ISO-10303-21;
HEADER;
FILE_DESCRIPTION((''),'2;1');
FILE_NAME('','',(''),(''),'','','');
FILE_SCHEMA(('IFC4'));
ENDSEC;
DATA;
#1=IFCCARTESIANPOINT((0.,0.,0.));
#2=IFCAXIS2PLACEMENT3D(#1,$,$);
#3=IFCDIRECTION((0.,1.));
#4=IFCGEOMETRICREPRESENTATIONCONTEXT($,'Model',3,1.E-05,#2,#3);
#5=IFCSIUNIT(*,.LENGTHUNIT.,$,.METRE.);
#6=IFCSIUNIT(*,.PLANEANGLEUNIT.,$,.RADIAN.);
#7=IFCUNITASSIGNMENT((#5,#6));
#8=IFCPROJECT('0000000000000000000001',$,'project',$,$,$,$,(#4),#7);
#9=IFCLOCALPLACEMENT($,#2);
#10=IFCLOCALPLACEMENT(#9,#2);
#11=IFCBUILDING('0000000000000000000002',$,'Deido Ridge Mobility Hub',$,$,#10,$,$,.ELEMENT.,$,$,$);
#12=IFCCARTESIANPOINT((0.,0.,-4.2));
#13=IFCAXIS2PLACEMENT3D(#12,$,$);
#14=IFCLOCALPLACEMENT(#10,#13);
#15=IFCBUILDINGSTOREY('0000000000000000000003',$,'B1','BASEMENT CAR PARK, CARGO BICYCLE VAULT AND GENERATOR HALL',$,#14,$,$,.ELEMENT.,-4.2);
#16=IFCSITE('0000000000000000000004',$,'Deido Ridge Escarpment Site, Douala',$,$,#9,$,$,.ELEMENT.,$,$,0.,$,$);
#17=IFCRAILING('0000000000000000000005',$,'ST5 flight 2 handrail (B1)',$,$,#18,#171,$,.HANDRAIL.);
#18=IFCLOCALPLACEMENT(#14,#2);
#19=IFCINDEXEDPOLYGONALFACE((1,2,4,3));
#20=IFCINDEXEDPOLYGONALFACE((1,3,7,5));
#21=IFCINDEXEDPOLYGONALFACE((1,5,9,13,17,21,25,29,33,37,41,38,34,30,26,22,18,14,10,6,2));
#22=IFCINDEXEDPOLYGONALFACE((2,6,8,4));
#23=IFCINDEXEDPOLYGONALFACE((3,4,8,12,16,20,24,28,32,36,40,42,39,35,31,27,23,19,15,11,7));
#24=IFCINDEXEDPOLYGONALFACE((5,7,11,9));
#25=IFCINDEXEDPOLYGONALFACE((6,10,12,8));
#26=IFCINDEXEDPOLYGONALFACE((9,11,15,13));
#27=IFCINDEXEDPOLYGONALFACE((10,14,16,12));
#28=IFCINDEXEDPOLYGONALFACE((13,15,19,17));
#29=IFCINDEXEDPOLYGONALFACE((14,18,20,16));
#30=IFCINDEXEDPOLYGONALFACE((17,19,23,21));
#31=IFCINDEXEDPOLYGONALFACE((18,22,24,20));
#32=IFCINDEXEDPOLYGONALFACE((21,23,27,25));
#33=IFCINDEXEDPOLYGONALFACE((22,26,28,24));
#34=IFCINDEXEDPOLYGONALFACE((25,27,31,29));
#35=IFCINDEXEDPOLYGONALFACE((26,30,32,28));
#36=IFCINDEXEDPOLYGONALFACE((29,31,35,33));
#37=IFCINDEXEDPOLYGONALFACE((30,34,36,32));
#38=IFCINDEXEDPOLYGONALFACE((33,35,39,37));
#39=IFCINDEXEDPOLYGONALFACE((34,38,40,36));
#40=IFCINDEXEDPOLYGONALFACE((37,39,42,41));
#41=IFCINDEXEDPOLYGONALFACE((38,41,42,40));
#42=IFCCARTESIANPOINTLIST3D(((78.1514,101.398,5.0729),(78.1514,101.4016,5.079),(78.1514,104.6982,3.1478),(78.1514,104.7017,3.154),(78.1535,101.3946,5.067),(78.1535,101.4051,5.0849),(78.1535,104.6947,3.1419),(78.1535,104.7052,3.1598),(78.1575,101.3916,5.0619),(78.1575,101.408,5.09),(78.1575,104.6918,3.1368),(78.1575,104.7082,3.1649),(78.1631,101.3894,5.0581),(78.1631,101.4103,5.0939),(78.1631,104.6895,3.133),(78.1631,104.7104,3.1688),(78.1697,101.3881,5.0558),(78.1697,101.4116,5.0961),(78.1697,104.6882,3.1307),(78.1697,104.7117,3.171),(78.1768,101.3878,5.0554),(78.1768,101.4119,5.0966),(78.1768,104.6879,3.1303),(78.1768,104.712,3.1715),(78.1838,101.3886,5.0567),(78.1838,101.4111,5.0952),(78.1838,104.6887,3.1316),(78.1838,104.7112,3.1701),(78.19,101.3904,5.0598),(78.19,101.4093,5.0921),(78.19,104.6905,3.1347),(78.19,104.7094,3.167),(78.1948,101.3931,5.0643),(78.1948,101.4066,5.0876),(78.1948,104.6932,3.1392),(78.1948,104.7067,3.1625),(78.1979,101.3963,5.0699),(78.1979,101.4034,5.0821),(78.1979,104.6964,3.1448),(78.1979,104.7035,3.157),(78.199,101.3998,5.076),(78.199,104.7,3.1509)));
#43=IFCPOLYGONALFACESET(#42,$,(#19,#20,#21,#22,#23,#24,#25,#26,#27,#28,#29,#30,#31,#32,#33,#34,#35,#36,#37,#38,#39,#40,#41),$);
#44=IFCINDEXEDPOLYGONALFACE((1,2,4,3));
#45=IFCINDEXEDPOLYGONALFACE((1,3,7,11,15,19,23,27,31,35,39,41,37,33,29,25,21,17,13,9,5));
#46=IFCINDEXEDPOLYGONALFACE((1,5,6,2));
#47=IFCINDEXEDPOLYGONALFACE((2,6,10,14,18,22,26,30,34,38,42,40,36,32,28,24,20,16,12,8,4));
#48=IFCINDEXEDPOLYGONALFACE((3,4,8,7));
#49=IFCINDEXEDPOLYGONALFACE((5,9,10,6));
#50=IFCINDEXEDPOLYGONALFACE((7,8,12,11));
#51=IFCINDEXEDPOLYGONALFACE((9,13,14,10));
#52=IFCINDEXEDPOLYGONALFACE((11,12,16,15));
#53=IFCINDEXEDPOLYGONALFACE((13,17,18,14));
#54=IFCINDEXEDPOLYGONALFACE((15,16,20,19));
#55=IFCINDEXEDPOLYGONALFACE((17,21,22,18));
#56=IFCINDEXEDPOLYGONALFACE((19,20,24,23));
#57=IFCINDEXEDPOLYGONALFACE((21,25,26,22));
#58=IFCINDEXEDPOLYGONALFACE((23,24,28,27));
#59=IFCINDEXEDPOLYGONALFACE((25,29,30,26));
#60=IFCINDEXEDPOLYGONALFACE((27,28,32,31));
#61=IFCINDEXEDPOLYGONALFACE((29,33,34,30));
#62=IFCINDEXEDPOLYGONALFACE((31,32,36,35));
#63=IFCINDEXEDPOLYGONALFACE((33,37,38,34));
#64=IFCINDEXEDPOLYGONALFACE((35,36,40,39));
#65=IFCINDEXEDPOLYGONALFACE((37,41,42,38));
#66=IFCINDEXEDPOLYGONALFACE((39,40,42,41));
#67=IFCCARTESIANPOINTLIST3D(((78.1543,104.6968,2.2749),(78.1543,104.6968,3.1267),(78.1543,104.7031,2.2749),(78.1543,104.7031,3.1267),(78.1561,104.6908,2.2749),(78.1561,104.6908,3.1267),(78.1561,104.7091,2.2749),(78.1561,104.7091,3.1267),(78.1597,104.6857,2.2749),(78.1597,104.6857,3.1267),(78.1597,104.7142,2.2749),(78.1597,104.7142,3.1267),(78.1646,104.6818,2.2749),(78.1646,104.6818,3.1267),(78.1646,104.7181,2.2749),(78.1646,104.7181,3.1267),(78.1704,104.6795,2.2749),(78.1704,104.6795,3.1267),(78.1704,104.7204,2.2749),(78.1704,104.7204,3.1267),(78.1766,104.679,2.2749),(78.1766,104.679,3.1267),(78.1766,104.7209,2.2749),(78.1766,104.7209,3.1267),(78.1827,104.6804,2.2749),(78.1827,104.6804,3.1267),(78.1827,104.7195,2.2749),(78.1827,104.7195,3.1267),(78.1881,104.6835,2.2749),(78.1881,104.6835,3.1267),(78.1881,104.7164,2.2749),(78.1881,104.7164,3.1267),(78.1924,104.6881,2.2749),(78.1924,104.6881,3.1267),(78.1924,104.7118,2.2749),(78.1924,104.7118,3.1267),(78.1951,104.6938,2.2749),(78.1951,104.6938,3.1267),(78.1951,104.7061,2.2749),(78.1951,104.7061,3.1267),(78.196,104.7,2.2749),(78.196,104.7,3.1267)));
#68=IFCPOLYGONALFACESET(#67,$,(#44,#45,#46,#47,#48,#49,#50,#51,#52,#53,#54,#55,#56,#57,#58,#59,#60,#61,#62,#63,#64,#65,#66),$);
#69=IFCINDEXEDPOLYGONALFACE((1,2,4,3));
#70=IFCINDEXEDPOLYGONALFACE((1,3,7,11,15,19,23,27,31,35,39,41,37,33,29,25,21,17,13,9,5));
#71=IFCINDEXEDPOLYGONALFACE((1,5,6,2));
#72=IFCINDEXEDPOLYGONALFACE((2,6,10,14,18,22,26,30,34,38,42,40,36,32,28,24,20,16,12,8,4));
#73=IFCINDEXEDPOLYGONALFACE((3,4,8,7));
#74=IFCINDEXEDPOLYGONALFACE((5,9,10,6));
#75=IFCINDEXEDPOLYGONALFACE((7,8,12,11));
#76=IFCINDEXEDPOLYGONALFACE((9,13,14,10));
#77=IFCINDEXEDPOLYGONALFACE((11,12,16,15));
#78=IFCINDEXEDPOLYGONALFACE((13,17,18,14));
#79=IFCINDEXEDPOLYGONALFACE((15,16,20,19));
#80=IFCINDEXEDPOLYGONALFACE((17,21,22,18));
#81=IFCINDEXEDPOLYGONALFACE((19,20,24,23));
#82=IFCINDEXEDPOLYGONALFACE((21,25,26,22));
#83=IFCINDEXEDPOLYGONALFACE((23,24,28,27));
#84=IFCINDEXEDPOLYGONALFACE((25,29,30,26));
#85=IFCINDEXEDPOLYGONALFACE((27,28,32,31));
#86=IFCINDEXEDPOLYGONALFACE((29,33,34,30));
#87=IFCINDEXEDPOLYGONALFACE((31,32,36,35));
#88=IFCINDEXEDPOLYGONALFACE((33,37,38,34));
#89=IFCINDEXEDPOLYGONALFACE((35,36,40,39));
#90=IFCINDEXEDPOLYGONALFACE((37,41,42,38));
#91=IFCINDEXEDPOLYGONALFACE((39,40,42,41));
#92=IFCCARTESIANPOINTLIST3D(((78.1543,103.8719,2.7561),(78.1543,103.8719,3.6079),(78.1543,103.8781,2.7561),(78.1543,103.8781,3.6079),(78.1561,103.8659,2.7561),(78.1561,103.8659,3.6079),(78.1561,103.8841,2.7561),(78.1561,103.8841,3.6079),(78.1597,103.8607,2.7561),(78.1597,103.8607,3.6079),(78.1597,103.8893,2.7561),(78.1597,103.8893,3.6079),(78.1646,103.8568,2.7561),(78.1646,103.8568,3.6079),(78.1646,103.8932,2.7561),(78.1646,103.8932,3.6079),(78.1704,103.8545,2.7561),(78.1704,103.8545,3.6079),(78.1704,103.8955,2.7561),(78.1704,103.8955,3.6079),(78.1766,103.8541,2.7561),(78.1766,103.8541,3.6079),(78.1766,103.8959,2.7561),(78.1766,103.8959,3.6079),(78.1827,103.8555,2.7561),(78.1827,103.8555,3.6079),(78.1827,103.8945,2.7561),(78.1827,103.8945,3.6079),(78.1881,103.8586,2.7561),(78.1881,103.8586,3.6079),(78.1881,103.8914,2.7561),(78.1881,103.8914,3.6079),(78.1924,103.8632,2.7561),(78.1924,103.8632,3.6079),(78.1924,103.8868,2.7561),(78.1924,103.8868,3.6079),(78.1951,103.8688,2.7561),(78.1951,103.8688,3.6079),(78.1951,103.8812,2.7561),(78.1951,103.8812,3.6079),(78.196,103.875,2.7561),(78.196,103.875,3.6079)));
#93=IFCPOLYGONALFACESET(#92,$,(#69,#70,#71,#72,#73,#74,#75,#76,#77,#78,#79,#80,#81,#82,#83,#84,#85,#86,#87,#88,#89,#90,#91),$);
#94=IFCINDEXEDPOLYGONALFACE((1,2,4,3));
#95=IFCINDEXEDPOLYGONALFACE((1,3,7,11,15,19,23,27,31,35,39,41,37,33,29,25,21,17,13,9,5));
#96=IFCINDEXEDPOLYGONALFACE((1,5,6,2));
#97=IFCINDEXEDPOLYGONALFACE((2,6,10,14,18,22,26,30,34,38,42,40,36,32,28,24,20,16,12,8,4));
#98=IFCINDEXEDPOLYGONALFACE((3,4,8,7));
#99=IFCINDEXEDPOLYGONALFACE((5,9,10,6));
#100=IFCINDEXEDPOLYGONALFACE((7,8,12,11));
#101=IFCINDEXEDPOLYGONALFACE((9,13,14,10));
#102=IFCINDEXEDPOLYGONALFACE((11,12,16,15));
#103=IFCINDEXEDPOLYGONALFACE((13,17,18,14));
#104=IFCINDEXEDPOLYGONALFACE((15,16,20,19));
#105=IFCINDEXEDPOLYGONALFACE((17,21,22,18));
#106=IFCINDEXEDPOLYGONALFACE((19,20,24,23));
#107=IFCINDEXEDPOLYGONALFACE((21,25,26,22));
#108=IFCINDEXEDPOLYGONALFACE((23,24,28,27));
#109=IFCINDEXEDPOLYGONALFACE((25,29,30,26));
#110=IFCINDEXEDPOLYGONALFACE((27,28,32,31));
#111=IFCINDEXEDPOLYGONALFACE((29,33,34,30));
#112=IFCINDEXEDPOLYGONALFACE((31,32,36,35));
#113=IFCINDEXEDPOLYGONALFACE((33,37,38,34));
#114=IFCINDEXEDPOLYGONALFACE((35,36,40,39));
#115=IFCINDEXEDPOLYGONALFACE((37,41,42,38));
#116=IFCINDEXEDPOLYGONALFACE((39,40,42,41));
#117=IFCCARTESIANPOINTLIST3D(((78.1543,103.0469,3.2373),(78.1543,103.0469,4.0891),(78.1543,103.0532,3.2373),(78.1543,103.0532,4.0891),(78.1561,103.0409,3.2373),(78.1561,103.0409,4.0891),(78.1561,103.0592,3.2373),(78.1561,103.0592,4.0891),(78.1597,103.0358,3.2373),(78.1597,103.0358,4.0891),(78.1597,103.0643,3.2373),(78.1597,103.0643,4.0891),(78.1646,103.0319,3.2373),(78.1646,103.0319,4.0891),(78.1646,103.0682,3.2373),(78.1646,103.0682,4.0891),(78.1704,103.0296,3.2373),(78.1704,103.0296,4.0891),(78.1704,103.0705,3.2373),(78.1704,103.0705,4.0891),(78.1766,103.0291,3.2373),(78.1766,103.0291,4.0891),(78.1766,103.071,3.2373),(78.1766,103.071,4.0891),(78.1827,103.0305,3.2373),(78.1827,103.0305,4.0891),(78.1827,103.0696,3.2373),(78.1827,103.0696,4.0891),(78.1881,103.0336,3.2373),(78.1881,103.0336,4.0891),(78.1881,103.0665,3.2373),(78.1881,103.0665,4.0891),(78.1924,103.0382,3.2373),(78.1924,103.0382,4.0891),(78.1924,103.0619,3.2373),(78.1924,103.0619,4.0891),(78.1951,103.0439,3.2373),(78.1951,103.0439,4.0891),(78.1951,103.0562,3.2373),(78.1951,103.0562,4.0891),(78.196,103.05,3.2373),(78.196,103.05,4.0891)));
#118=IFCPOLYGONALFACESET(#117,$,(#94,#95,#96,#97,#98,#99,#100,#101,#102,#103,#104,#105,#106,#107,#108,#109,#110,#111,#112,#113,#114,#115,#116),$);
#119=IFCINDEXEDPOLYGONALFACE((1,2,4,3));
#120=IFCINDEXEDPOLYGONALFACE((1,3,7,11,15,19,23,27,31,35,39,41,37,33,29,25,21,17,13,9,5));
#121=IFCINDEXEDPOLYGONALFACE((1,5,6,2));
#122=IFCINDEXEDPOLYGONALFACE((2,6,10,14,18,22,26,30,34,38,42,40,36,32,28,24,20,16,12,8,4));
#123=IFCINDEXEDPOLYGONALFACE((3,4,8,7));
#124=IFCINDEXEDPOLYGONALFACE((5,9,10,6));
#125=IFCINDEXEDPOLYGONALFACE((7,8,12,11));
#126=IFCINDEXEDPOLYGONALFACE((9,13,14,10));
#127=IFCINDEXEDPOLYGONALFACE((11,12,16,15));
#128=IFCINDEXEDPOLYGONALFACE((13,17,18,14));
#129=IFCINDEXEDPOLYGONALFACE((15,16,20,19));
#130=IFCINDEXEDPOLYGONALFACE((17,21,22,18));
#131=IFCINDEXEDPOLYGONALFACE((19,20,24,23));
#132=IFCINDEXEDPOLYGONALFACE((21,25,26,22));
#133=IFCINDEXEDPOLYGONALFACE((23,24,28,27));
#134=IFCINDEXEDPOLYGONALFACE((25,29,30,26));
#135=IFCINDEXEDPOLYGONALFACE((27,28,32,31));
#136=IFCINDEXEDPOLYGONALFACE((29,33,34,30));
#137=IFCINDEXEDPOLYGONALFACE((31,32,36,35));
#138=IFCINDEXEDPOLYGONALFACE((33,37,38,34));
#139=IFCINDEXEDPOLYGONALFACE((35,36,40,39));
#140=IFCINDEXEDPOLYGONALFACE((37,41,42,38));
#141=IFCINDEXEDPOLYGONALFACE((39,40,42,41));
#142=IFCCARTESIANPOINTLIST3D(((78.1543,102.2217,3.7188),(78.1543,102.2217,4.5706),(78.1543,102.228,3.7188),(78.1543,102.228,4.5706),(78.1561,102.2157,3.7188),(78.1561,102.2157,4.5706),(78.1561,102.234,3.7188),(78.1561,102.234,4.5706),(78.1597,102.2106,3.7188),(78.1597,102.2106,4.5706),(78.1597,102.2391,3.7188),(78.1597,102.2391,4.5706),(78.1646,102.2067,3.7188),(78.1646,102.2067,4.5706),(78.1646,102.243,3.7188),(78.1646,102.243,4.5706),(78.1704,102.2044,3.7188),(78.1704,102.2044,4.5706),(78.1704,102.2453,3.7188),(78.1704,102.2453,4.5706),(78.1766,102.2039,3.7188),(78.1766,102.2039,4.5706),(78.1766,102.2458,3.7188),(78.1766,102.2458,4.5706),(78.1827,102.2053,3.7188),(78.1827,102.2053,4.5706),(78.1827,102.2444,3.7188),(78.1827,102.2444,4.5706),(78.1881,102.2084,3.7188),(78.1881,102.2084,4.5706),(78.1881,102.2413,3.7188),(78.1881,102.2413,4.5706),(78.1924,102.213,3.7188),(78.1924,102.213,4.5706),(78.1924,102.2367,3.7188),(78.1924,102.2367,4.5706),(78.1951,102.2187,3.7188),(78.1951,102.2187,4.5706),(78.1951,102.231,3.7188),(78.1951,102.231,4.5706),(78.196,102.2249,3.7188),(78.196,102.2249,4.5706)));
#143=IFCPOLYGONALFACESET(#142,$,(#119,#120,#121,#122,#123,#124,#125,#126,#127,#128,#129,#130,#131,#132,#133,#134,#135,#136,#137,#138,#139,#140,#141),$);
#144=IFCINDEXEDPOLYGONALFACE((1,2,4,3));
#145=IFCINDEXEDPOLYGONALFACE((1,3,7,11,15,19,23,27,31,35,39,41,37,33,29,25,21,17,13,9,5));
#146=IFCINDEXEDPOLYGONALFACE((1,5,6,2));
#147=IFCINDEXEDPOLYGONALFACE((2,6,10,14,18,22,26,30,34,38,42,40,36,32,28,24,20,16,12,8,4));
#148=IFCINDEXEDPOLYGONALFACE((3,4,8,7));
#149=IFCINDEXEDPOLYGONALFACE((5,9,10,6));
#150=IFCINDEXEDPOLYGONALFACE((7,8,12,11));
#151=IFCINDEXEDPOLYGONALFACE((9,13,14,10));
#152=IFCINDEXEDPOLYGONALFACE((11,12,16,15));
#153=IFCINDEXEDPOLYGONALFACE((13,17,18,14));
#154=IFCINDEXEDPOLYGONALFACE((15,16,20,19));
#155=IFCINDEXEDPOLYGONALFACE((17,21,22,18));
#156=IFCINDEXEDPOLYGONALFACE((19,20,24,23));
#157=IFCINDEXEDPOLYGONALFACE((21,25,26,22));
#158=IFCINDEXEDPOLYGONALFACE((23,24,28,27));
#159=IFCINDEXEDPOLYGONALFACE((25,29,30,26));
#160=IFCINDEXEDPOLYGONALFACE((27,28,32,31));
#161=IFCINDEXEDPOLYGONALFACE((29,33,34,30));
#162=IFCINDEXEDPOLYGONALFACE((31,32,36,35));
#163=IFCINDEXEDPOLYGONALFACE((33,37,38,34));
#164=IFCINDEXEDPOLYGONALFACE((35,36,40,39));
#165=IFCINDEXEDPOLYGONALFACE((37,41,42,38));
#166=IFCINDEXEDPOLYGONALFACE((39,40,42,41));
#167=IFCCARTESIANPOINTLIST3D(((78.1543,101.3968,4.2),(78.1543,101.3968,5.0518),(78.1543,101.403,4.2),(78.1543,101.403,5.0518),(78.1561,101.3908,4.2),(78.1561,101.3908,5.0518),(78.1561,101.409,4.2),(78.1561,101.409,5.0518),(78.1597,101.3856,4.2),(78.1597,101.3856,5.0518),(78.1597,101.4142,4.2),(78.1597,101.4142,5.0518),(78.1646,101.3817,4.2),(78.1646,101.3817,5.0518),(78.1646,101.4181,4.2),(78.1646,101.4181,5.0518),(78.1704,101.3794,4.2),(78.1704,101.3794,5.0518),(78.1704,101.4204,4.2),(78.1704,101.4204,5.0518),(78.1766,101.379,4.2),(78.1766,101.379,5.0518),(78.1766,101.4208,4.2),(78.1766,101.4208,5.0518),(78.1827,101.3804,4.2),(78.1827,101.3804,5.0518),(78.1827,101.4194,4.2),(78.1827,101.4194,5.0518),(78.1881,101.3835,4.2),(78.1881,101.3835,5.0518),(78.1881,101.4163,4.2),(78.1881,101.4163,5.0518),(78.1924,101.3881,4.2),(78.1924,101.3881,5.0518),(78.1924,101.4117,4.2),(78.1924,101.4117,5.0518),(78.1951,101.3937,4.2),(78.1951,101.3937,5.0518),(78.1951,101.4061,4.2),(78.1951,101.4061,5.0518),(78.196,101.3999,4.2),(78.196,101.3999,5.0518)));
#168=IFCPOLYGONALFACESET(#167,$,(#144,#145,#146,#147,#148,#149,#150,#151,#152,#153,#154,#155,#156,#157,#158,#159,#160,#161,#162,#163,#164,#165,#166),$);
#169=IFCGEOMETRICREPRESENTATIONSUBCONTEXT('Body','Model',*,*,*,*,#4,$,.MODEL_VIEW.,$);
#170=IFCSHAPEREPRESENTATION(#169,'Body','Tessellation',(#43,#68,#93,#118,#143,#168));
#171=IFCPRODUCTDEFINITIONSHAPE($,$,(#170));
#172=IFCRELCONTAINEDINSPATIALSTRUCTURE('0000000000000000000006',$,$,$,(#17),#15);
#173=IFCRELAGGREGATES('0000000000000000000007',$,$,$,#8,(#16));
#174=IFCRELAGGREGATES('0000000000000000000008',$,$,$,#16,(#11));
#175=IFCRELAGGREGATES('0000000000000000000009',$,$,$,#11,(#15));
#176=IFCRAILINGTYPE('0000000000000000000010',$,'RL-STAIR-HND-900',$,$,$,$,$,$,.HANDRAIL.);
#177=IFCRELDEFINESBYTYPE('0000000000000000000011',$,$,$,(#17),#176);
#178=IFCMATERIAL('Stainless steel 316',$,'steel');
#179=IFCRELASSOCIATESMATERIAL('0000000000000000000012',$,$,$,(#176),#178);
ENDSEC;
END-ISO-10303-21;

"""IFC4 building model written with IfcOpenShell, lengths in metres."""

from ifc_helpers import new_model, si_unit, direction, frame, origin, origin_2d, place, context, subcontext, project, spatial, circle, extrude, material, type_object, element, save


model = new_model("IFC4")

# Units and contexts
model_context = context("Model", 3, precision=1e-05, world=origin(), true_north=direction((0.0, 1.0)))
body_context = subcontext(model_context, "Body", "Model", "MODEL_VIEW")
ifc_project = project(units=[si_unit("LENGTHUNIT", "METRE"), si_unit("PLANEANGLEUNIT", "RADIAN")], contexts=[model_context])

# Site, building, storey
site_placement = place(None, origin())
site = spatial("IfcSite", under=ifc_project, at=site_placement, Name="Deido Ridge Escarpment Site, Douala", CompositionType="ELEMENT", RefElevation=0.0)
building_placement = place(site_placement, origin())
building = spatial("IfcBuilding", under=site, at=building_placement, Name="Deido Ridge Mobility Hub", CompositionType="ELEMENT")
storey_placement = place(building_placement, frame((0.0, 0.0, -4.2)))
storey = spatial("IfcBuildingStorey", under=building, at=storey_placement, Name="B1", Description="BASEMENT CAR PARK, CARGO BICYCLE VAULT AND GENERATOR HALL", CompositionType="ELEMENT", Elevation=-4.2)

# Railing
ifc_material_1 = material(Name="Stainless steel 316", Category="steel")
railing_type = type_object("IfcRailingType", Name="RL-STAIR-HND-900", PredefinedType="HANDRAIL", material=ifc_material_1)
railing_placement = place(storey_placement, frame((78.175, 104.7, 2.2749)))
element("IfcRailing", 1, at=railing_placement, inside=storey, type_object=railing_type, Name="ST5 flight 2 handrail (B1)", PredefinedType="HANDRAIL", context=body_context, shape_type="SweptSolid", body=[
    extrude(circle(Radius=0.0239, at=origin_2d()), frame((0.0, 0.0, 0.876), z_axis=(0.0, -0.863777, 0.503875), x_axis=(1.0, 0.0, 0.0)), (0.0, 0.0, 1.0), 3.8206),
    extrude(circle(Radius=0.021, at=origin_2d()), origin(), (0.0, 0.0, 1.0), 0.8518),
    extrude(circle(Radius=0.021, at=origin_2d()), frame((0.0, -0.825, 0.4812)), (0.0, 0.0, 1.0), 0.8518),
    extrude(circle(Radius=0.021, at=origin_2d()), frame((0.0, -1.6499, 0.9624)), (0.0, 0.0, 1.0), 0.8518),
    extrude(circle(Radius=0.021, at=origin_2d()), frame((0.0, -2.4751, 1.4438)), (0.0, 0.0, 1.0), 0.8518),
    extrude(circle(Radius=0.021, at=origin_2d()), frame((0.0, -3.3, 1.925)), (0.0, 0.0, 1.0), 0.8518),
])

save(model, "model.ifc")
